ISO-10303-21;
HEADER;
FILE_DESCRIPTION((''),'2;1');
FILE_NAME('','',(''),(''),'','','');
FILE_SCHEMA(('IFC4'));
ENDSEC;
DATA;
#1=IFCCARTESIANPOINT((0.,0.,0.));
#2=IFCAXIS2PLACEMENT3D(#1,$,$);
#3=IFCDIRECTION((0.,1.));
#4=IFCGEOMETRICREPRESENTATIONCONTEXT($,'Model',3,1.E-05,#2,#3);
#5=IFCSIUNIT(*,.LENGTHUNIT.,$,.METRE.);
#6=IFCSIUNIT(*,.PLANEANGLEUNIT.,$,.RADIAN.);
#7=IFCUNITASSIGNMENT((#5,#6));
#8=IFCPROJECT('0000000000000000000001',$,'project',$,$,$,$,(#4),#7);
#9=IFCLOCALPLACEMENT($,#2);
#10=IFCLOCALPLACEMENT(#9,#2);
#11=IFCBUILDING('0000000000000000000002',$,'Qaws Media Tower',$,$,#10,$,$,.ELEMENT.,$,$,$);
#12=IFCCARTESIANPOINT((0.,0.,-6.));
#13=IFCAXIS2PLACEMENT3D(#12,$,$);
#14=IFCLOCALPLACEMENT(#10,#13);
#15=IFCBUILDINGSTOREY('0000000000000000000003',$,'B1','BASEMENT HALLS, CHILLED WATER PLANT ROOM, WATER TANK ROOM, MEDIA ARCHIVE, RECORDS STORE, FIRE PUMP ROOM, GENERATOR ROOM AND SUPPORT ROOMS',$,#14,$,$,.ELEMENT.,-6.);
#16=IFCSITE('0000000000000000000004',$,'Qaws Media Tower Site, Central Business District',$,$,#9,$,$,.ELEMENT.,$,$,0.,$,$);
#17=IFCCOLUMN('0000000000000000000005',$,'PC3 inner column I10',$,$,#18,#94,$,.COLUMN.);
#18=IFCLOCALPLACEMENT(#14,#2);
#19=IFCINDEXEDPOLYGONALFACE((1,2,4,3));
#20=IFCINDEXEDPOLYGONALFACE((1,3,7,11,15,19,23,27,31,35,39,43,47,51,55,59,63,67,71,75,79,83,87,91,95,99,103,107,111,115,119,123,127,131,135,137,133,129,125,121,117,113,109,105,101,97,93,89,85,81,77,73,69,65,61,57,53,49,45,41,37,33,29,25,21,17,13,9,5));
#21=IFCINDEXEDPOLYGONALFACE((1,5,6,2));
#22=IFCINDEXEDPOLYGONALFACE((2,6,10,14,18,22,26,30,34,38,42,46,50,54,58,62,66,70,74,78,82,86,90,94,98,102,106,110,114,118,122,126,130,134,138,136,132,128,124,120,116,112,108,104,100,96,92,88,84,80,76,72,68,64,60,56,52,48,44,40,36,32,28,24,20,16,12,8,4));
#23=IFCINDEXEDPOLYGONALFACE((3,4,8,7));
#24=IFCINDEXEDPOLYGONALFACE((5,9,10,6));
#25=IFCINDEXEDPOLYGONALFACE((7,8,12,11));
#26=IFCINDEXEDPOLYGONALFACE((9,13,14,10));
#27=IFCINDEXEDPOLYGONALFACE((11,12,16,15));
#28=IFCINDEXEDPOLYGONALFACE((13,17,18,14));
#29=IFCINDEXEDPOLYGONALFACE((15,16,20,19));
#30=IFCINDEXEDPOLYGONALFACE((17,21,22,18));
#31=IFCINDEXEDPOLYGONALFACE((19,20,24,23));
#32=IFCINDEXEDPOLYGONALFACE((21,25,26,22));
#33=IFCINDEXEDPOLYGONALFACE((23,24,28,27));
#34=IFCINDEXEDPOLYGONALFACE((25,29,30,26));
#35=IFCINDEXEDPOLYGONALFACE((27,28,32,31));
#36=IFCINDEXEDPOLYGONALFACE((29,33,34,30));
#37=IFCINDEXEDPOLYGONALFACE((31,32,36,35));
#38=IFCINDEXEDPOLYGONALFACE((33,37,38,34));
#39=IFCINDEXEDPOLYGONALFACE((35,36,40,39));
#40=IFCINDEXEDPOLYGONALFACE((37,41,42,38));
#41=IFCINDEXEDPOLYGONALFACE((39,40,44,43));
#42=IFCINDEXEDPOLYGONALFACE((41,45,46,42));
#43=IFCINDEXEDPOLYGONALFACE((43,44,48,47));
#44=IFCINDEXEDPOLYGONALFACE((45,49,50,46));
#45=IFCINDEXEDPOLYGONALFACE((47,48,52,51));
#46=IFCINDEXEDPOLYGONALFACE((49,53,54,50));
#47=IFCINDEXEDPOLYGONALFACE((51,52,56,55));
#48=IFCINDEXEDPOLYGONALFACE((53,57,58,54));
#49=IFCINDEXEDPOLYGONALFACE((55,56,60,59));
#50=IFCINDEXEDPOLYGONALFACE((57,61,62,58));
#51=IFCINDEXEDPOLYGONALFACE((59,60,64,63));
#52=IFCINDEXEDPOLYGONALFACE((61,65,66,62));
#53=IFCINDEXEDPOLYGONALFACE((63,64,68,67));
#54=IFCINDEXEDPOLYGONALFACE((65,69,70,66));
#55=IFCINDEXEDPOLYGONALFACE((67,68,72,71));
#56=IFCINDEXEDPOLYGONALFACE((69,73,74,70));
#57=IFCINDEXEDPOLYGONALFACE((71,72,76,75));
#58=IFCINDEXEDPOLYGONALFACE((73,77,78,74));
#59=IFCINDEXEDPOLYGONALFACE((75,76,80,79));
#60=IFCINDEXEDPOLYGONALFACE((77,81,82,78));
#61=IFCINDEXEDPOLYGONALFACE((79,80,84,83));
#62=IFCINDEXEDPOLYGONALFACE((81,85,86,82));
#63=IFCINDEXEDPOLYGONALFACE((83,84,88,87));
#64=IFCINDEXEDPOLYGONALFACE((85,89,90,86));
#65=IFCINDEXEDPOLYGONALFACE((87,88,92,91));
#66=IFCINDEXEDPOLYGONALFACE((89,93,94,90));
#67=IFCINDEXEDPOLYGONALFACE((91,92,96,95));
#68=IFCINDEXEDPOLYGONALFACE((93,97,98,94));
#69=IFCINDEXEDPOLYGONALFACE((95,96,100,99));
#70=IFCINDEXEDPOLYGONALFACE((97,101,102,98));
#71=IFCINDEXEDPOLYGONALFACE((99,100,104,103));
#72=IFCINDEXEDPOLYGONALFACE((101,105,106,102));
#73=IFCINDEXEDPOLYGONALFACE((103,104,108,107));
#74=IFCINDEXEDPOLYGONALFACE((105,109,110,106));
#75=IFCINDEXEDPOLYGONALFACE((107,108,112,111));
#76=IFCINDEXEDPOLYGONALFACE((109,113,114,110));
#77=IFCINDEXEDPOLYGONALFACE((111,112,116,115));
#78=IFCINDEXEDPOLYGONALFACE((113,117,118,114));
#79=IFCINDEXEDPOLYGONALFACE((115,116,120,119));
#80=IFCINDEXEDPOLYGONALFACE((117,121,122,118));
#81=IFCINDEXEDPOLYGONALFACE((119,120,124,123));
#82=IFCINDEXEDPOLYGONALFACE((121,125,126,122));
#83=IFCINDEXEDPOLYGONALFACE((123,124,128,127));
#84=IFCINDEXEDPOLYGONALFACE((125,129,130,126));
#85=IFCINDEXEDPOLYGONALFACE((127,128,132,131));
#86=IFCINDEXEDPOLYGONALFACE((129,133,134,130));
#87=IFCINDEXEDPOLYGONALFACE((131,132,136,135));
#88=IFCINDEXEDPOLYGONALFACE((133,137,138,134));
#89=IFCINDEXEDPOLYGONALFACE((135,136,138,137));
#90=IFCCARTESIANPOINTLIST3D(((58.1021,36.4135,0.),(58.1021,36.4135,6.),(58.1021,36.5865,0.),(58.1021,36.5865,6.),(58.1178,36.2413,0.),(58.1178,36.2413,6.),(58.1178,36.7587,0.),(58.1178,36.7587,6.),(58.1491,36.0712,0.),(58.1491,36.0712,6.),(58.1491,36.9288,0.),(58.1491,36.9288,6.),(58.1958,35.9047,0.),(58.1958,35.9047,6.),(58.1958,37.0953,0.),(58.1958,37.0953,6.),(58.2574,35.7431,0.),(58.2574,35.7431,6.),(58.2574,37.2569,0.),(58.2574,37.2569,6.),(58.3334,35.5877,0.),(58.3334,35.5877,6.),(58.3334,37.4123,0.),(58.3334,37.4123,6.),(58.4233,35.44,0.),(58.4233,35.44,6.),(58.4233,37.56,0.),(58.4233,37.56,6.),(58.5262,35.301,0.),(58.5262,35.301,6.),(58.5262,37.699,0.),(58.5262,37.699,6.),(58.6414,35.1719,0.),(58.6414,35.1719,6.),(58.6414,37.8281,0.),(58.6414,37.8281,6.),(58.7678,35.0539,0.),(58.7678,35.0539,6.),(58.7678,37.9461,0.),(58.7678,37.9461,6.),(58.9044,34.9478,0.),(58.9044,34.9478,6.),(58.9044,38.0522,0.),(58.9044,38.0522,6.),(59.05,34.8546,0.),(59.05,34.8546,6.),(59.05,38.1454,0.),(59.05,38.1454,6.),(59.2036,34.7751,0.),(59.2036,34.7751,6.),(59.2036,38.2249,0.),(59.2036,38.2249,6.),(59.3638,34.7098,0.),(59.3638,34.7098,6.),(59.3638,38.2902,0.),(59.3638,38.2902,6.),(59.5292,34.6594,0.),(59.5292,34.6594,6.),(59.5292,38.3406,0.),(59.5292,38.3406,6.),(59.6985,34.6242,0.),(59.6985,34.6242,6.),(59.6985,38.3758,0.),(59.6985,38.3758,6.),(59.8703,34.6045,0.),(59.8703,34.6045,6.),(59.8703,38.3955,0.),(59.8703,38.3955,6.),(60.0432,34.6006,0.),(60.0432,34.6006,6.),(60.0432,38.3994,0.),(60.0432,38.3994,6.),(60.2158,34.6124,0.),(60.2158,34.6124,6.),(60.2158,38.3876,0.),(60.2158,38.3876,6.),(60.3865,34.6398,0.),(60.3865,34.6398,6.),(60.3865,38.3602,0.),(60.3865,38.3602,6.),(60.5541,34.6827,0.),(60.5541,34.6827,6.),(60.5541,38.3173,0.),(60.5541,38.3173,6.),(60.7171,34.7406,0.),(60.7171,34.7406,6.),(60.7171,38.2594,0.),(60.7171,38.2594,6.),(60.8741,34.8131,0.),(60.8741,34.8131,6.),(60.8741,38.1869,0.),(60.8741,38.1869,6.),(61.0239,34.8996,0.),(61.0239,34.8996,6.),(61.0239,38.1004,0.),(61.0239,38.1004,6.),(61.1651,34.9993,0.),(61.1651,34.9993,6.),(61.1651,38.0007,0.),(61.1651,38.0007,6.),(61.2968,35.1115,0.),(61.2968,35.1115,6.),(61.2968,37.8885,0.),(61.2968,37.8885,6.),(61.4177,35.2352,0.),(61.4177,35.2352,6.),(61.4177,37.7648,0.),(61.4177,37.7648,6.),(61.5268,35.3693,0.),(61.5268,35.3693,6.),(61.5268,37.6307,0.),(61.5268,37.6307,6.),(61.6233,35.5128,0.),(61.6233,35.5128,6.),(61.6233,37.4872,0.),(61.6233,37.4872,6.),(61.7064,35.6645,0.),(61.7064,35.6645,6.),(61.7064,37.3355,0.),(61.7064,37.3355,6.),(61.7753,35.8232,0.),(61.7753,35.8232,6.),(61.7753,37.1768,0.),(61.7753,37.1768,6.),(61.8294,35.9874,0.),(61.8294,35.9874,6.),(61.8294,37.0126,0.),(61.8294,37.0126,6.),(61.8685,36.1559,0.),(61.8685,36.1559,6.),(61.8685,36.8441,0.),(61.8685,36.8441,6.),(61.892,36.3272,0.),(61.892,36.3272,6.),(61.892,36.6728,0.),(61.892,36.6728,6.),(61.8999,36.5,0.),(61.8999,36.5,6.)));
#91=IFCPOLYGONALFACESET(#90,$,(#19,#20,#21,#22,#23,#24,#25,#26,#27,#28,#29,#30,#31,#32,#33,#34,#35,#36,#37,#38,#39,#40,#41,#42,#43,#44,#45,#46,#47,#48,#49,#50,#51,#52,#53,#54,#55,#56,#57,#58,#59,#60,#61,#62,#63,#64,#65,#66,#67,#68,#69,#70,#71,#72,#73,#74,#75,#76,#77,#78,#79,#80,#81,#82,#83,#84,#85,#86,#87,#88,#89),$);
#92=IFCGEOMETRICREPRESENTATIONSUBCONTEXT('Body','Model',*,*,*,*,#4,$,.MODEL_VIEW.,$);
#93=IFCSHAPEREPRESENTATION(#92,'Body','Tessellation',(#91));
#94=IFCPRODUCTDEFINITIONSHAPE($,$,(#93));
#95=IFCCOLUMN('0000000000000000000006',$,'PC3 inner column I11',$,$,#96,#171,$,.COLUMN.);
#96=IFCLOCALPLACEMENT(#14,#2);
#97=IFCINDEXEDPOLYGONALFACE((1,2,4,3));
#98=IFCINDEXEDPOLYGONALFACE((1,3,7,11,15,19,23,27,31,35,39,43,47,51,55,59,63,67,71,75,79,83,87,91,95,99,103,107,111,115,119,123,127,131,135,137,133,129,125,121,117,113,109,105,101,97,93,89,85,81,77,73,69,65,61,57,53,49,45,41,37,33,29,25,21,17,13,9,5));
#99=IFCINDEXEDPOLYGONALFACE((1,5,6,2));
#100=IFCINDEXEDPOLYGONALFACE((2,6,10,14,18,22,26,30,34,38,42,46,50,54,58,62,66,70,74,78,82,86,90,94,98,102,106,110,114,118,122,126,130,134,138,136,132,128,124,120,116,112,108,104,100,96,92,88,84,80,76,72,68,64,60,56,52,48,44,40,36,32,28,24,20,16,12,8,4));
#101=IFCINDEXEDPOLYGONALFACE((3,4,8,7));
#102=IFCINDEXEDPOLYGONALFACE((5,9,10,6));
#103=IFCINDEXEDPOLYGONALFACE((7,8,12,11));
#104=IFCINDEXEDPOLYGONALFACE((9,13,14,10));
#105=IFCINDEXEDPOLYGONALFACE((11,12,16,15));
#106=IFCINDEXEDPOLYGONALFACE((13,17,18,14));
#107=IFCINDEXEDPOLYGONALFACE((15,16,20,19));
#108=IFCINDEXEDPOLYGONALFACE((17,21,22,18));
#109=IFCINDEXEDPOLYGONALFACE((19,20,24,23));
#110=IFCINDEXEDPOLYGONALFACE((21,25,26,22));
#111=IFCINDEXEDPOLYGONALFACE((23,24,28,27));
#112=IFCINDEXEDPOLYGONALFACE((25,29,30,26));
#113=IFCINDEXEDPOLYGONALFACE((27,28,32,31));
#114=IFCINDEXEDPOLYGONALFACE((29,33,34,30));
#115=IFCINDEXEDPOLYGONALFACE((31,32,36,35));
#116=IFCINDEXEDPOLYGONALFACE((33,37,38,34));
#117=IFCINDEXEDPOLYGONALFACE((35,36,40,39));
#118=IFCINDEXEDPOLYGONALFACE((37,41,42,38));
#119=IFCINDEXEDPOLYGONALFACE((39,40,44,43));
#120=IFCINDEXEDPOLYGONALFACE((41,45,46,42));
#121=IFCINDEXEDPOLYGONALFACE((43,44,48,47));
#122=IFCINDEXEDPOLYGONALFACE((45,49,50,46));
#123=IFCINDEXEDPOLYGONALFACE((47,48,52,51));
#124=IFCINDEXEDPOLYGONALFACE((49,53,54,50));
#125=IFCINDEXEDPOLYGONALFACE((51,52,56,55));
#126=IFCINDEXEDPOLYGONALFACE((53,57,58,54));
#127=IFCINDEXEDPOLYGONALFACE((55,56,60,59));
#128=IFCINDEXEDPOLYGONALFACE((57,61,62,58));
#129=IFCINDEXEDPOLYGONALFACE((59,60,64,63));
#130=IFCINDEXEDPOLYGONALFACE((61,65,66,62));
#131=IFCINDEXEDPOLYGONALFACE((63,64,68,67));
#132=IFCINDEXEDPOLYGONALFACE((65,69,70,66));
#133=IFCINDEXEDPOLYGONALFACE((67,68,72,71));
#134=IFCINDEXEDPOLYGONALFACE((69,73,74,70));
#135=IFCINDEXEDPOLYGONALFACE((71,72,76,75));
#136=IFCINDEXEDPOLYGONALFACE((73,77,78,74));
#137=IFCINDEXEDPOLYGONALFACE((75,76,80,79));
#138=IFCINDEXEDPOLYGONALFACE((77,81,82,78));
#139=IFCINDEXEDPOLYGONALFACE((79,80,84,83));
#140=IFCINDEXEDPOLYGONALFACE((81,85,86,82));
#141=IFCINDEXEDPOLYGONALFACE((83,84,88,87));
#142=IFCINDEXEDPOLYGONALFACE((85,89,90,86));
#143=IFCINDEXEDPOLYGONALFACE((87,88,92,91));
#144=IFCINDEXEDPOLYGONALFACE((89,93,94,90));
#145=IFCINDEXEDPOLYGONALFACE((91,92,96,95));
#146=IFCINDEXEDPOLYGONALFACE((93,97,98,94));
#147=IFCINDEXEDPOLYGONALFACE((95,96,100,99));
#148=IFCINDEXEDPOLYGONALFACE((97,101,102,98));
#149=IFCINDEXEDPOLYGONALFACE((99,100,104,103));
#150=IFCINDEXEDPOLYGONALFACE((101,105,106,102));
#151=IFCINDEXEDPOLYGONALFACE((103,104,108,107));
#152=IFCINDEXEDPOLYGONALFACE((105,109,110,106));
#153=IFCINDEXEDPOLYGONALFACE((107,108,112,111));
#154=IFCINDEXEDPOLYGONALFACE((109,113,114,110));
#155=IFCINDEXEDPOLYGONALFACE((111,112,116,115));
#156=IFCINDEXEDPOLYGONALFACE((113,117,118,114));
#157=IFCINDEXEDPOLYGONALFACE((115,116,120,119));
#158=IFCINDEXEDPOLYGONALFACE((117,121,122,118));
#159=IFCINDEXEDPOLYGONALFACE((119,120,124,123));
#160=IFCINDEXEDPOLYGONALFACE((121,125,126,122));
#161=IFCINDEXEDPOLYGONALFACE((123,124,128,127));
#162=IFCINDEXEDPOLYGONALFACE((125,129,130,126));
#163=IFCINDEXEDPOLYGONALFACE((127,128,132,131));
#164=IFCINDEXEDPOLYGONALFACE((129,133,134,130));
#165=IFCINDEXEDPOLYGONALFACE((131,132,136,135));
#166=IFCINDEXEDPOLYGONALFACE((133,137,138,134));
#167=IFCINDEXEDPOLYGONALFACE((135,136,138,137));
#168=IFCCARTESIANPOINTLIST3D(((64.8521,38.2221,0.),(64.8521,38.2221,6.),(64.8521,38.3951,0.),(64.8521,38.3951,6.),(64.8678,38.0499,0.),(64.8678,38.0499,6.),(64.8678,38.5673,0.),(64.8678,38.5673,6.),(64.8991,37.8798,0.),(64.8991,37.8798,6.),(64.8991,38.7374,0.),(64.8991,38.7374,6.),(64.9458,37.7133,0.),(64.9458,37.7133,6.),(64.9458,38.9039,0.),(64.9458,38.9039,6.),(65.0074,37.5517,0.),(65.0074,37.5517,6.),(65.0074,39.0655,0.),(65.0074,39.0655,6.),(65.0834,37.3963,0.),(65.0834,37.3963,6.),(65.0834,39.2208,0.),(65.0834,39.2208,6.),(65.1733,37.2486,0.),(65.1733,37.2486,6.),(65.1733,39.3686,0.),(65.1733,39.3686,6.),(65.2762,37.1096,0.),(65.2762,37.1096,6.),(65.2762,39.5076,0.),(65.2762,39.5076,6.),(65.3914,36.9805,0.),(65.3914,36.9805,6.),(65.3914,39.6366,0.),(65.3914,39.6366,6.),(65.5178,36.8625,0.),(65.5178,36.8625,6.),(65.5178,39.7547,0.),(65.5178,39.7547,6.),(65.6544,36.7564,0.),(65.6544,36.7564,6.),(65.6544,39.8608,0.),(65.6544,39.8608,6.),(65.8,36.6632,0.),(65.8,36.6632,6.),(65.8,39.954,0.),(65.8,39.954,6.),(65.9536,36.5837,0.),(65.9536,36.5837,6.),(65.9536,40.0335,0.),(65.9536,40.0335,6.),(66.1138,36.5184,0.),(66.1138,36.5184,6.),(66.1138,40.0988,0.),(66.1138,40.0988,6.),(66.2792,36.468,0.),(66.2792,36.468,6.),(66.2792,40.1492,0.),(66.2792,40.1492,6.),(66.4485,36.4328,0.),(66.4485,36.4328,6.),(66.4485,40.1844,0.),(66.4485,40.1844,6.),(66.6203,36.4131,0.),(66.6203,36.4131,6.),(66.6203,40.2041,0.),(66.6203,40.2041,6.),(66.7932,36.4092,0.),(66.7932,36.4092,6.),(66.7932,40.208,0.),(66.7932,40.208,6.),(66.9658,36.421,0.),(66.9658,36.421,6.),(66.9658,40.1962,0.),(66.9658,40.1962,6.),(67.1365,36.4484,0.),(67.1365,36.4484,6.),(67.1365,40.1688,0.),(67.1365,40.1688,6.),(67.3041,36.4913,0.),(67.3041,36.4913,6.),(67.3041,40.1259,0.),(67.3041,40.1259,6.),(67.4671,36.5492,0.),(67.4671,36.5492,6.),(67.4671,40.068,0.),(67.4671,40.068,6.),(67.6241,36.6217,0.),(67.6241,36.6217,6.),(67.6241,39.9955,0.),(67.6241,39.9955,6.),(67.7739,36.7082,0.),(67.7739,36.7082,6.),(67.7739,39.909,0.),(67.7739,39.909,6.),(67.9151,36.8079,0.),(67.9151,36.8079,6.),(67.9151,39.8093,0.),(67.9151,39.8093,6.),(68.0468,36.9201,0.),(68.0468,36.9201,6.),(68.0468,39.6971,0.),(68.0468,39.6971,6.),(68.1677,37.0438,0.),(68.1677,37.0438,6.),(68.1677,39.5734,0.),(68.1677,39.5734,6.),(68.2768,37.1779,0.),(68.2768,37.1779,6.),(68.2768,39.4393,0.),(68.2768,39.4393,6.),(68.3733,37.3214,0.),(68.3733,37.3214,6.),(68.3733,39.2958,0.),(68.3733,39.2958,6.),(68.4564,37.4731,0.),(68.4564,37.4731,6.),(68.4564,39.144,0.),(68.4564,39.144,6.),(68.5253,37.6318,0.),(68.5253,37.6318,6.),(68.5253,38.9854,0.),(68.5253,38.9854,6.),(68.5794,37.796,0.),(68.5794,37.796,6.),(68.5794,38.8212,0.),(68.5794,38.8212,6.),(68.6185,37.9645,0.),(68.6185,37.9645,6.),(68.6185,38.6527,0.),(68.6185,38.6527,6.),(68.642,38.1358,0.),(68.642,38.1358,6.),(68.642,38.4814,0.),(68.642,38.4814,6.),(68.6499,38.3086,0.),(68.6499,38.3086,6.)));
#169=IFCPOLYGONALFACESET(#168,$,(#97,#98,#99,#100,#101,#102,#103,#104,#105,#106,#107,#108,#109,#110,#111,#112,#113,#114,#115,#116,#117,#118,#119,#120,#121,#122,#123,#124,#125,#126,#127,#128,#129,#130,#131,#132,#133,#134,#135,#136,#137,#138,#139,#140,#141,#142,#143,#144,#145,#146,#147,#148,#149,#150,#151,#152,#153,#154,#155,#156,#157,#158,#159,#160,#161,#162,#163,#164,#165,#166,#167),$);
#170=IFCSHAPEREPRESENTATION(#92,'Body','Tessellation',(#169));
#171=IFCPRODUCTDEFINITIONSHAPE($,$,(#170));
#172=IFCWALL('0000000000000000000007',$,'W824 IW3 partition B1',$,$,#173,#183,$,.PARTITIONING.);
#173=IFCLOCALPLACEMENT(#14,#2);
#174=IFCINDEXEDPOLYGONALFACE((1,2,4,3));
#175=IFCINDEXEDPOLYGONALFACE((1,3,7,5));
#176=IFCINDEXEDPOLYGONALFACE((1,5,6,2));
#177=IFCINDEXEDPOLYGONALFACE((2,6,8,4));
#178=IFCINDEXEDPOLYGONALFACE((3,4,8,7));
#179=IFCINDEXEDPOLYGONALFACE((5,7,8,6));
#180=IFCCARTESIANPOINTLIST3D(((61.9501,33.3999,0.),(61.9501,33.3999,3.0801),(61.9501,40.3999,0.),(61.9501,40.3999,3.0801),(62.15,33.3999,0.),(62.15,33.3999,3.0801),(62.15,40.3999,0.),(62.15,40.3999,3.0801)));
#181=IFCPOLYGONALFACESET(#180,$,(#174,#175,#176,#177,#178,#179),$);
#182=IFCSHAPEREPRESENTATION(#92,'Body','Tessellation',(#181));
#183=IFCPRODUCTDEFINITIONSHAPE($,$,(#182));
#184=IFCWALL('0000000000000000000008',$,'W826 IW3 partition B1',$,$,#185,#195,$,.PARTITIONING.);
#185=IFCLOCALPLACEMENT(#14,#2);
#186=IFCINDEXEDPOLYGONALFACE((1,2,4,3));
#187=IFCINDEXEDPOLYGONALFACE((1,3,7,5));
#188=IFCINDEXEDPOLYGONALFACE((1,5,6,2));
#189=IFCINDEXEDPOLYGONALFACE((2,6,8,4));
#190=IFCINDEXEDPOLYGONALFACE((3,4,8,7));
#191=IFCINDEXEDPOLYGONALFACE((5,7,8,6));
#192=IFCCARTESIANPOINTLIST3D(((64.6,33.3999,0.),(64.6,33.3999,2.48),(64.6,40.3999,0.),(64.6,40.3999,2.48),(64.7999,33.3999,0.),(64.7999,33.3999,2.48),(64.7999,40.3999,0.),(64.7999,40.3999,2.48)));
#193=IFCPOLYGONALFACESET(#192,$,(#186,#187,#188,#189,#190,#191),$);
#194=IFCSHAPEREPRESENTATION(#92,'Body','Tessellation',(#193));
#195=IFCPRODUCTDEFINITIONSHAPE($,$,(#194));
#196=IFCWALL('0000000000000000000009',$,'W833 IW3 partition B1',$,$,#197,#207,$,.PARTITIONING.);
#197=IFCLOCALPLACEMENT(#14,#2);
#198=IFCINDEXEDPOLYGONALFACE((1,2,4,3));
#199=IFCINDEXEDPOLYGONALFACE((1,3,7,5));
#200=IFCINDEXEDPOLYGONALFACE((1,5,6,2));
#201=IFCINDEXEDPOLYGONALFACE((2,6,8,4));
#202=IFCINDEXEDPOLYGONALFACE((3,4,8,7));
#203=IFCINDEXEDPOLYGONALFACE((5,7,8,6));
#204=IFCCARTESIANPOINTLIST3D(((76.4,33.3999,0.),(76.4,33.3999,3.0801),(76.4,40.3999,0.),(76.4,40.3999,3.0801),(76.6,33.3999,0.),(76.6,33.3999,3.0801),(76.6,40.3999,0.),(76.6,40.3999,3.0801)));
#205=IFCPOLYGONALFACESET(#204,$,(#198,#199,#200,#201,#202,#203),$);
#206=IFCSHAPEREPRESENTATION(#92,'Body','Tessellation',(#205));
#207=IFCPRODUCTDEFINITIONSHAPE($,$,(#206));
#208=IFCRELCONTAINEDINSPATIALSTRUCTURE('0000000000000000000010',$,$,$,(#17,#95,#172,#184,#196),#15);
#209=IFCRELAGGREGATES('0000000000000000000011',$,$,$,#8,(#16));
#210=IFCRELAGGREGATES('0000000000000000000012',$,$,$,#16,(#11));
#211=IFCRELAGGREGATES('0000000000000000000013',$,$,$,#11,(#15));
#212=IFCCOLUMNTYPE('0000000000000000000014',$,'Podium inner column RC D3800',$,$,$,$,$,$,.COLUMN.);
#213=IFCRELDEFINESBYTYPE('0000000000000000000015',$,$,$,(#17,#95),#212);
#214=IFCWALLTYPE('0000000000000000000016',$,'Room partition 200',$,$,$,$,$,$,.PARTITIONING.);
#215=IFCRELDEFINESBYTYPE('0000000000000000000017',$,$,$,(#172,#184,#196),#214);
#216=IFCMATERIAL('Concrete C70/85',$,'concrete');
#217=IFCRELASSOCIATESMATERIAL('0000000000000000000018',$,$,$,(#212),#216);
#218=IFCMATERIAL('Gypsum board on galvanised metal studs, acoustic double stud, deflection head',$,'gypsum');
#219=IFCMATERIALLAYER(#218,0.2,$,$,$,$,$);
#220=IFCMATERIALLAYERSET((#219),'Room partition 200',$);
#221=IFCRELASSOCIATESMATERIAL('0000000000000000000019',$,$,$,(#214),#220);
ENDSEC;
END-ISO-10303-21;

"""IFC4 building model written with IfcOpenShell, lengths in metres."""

from ifc_helpers import new_model, si_unit, direction, frame, frame_2d, origin, origin_2d, place, context, subcontext, project, spatial, rectangle, circle, extrude, material, layer, layer_set, material_profile, profile_set, type_object, element, save


model = new_model("IFC4")

# Units and contexts
model_context = context("Model", 3, precision=1e-05, world=origin(), true_north=direction((0.0, 1.0)))
body_context = subcontext(model_context, "Body", "Model", "MODEL_VIEW")
ifc_project = project(units=[si_unit("LENGTHUNIT", "METRE"), si_unit("PLANEANGLEUNIT", "RADIAN")], contexts=[model_context])

# Site, building, storey
site_placement = place(None, origin())
site = spatial("IfcSite", under=ifc_project, at=site_placement, Name="Qaws Media Tower Site, Central Business District", CompositionType="ELEMENT", RefElevation=0.0)
building_placement = place(site_placement, origin())
building = spatial("IfcBuilding", under=site, at=building_placement, Name="Qaws Media Tower", CompositionType="ELEMENT")
storey_placement = place(building_placement, frame((0.0, 0.0, -6.0)))
storey = spatial("IfcBuildingStorey", under=building, at=storey_placement, Name="B1", Description="BASEMENT HALLS, CHILLED WATER PLANT ROOM, WATER TANK ROOM, MEDIA ARCHIVE, RECORDS STORE, FIRE PUMP ROOM, GENERATOR ROOM AND SUPPORT ROOMS", CompositionType="ELEMENT", Elevation=-6.0)

# Columns
ifc_material_1 = material(Name="Concrete C70/85", Category="concrete")
ifc_material_profile_1 = material_profile(ifc_material_1, circle(Radius=1.8999, at=origin_2d()), Name="RC D3800")
ifc_profile_set_1 = profile_set([ifc_material_profile_1], Name="Concrete C70/85")
column_type = type_object("IfcColumnType", Name="Podium inner column RC D3800", PredefinedType="COLUMN", material=ifc_profile_set_1)
for number, where, z_axis, x_axis, name in (
    (1, (60.0, 36.5, 0.0), (0.0, 0.0, 1.0), (1.0, 0.0, 0.0), "PC3 inner column I10"),
    (2, (66.75, 38.3086, 0.0), (0.0, 0.0, 1.0), (1.0, 0.0, 0.0), "PC3 inner column I11"),
):
    element("IfcColumn", number, at=place(storey_placement, frame(where, z_axis=z_axis, x_axis=x_axis)), inside=storey, type_object=column_type, Name=name, PredefinedType="COLUMN", context=body_context, shape_type="SweptSolid", body=[
        extrude(circle(Radius=1.8999, at=origin_2d()), origin(), (0.0, 0.0, 1.0), 6.0),
    ])

# Walls
ifc_material_2 = material(Name="Gypsum board on galvanised metal studs, acoustic double stud, deflection head", Category="gypsum")
ifc_layer = layer(ifc_material_2, 0.2)
ifc_layer_set = layer_set([ifc_layer], Name="Room partition 200")
wall_type = type_object("IfcWallType", Name="Room partition 200", PredefinedType="PARTITIONING", material=ifc_layer_set)
wall_1_placement = place(storey_placement, frame((62.05, 33.3999, 0.0), z_axis=(0.0, 0.0, 1.0), x_axis=(0.0, 1.0, 0.0)))
element("IfcWall", 3, at=wall_1_placement, inside=storey, type_object=wall_type, Name="W824 IW3 partition B1", PredefinedType="PARTITIONING", context=body_context, shape_type="SweptSolid", body=[
    extrude(rectangle(XDim=7.0, YDim=0.2, at=frame_2d((3.5, 0.0))), origin(), (0.0, 0.0, 1.0), 3.0801),
])
wall_2_placement = place(storey_placement, frame((64.7, 33.3999, 0.0), z_axis=(0.0, 0.0, 1.0), x_axis=(0.0, 1.0, 0.0)))
element("IfcWall", 4, at=wall_2_placement, inside=storey, type_object=wall_type, Name="W826 IW3 partition B1", PredefinedType="PARTITIONING", context=body_context, shape_type="SweptSolid", body=[
    extrude(rectangle(XDim=7.0, YDim=0.2, at=frame_2d((3.5, 0.0))), origin(), (0.0, 0.0, 1.0), 2.48),
])
wall_3_placement = place(storey_placement, frame((76.5, 33.3999, 0.0), z_axis=(0.0, 0.0, 1.0), x_axis=(0.0, 1.0, 0.0)))
element("IfcWall", 5, at=wall_3_placement, inside=storey, type_object=wall_type, Name="W833 IW3 partition B1", PredefinedType="PARTITIONING", context=body_context, shape_type="SweptSolid", body=[
    extrude(rectangle(XDim=7.0, YDim=0.2, at=frame_2d((3.5, 0.0))), origin(), (0.0, 0.0, 1.0), 3.0801),
])

save(model, "model.ifc")
